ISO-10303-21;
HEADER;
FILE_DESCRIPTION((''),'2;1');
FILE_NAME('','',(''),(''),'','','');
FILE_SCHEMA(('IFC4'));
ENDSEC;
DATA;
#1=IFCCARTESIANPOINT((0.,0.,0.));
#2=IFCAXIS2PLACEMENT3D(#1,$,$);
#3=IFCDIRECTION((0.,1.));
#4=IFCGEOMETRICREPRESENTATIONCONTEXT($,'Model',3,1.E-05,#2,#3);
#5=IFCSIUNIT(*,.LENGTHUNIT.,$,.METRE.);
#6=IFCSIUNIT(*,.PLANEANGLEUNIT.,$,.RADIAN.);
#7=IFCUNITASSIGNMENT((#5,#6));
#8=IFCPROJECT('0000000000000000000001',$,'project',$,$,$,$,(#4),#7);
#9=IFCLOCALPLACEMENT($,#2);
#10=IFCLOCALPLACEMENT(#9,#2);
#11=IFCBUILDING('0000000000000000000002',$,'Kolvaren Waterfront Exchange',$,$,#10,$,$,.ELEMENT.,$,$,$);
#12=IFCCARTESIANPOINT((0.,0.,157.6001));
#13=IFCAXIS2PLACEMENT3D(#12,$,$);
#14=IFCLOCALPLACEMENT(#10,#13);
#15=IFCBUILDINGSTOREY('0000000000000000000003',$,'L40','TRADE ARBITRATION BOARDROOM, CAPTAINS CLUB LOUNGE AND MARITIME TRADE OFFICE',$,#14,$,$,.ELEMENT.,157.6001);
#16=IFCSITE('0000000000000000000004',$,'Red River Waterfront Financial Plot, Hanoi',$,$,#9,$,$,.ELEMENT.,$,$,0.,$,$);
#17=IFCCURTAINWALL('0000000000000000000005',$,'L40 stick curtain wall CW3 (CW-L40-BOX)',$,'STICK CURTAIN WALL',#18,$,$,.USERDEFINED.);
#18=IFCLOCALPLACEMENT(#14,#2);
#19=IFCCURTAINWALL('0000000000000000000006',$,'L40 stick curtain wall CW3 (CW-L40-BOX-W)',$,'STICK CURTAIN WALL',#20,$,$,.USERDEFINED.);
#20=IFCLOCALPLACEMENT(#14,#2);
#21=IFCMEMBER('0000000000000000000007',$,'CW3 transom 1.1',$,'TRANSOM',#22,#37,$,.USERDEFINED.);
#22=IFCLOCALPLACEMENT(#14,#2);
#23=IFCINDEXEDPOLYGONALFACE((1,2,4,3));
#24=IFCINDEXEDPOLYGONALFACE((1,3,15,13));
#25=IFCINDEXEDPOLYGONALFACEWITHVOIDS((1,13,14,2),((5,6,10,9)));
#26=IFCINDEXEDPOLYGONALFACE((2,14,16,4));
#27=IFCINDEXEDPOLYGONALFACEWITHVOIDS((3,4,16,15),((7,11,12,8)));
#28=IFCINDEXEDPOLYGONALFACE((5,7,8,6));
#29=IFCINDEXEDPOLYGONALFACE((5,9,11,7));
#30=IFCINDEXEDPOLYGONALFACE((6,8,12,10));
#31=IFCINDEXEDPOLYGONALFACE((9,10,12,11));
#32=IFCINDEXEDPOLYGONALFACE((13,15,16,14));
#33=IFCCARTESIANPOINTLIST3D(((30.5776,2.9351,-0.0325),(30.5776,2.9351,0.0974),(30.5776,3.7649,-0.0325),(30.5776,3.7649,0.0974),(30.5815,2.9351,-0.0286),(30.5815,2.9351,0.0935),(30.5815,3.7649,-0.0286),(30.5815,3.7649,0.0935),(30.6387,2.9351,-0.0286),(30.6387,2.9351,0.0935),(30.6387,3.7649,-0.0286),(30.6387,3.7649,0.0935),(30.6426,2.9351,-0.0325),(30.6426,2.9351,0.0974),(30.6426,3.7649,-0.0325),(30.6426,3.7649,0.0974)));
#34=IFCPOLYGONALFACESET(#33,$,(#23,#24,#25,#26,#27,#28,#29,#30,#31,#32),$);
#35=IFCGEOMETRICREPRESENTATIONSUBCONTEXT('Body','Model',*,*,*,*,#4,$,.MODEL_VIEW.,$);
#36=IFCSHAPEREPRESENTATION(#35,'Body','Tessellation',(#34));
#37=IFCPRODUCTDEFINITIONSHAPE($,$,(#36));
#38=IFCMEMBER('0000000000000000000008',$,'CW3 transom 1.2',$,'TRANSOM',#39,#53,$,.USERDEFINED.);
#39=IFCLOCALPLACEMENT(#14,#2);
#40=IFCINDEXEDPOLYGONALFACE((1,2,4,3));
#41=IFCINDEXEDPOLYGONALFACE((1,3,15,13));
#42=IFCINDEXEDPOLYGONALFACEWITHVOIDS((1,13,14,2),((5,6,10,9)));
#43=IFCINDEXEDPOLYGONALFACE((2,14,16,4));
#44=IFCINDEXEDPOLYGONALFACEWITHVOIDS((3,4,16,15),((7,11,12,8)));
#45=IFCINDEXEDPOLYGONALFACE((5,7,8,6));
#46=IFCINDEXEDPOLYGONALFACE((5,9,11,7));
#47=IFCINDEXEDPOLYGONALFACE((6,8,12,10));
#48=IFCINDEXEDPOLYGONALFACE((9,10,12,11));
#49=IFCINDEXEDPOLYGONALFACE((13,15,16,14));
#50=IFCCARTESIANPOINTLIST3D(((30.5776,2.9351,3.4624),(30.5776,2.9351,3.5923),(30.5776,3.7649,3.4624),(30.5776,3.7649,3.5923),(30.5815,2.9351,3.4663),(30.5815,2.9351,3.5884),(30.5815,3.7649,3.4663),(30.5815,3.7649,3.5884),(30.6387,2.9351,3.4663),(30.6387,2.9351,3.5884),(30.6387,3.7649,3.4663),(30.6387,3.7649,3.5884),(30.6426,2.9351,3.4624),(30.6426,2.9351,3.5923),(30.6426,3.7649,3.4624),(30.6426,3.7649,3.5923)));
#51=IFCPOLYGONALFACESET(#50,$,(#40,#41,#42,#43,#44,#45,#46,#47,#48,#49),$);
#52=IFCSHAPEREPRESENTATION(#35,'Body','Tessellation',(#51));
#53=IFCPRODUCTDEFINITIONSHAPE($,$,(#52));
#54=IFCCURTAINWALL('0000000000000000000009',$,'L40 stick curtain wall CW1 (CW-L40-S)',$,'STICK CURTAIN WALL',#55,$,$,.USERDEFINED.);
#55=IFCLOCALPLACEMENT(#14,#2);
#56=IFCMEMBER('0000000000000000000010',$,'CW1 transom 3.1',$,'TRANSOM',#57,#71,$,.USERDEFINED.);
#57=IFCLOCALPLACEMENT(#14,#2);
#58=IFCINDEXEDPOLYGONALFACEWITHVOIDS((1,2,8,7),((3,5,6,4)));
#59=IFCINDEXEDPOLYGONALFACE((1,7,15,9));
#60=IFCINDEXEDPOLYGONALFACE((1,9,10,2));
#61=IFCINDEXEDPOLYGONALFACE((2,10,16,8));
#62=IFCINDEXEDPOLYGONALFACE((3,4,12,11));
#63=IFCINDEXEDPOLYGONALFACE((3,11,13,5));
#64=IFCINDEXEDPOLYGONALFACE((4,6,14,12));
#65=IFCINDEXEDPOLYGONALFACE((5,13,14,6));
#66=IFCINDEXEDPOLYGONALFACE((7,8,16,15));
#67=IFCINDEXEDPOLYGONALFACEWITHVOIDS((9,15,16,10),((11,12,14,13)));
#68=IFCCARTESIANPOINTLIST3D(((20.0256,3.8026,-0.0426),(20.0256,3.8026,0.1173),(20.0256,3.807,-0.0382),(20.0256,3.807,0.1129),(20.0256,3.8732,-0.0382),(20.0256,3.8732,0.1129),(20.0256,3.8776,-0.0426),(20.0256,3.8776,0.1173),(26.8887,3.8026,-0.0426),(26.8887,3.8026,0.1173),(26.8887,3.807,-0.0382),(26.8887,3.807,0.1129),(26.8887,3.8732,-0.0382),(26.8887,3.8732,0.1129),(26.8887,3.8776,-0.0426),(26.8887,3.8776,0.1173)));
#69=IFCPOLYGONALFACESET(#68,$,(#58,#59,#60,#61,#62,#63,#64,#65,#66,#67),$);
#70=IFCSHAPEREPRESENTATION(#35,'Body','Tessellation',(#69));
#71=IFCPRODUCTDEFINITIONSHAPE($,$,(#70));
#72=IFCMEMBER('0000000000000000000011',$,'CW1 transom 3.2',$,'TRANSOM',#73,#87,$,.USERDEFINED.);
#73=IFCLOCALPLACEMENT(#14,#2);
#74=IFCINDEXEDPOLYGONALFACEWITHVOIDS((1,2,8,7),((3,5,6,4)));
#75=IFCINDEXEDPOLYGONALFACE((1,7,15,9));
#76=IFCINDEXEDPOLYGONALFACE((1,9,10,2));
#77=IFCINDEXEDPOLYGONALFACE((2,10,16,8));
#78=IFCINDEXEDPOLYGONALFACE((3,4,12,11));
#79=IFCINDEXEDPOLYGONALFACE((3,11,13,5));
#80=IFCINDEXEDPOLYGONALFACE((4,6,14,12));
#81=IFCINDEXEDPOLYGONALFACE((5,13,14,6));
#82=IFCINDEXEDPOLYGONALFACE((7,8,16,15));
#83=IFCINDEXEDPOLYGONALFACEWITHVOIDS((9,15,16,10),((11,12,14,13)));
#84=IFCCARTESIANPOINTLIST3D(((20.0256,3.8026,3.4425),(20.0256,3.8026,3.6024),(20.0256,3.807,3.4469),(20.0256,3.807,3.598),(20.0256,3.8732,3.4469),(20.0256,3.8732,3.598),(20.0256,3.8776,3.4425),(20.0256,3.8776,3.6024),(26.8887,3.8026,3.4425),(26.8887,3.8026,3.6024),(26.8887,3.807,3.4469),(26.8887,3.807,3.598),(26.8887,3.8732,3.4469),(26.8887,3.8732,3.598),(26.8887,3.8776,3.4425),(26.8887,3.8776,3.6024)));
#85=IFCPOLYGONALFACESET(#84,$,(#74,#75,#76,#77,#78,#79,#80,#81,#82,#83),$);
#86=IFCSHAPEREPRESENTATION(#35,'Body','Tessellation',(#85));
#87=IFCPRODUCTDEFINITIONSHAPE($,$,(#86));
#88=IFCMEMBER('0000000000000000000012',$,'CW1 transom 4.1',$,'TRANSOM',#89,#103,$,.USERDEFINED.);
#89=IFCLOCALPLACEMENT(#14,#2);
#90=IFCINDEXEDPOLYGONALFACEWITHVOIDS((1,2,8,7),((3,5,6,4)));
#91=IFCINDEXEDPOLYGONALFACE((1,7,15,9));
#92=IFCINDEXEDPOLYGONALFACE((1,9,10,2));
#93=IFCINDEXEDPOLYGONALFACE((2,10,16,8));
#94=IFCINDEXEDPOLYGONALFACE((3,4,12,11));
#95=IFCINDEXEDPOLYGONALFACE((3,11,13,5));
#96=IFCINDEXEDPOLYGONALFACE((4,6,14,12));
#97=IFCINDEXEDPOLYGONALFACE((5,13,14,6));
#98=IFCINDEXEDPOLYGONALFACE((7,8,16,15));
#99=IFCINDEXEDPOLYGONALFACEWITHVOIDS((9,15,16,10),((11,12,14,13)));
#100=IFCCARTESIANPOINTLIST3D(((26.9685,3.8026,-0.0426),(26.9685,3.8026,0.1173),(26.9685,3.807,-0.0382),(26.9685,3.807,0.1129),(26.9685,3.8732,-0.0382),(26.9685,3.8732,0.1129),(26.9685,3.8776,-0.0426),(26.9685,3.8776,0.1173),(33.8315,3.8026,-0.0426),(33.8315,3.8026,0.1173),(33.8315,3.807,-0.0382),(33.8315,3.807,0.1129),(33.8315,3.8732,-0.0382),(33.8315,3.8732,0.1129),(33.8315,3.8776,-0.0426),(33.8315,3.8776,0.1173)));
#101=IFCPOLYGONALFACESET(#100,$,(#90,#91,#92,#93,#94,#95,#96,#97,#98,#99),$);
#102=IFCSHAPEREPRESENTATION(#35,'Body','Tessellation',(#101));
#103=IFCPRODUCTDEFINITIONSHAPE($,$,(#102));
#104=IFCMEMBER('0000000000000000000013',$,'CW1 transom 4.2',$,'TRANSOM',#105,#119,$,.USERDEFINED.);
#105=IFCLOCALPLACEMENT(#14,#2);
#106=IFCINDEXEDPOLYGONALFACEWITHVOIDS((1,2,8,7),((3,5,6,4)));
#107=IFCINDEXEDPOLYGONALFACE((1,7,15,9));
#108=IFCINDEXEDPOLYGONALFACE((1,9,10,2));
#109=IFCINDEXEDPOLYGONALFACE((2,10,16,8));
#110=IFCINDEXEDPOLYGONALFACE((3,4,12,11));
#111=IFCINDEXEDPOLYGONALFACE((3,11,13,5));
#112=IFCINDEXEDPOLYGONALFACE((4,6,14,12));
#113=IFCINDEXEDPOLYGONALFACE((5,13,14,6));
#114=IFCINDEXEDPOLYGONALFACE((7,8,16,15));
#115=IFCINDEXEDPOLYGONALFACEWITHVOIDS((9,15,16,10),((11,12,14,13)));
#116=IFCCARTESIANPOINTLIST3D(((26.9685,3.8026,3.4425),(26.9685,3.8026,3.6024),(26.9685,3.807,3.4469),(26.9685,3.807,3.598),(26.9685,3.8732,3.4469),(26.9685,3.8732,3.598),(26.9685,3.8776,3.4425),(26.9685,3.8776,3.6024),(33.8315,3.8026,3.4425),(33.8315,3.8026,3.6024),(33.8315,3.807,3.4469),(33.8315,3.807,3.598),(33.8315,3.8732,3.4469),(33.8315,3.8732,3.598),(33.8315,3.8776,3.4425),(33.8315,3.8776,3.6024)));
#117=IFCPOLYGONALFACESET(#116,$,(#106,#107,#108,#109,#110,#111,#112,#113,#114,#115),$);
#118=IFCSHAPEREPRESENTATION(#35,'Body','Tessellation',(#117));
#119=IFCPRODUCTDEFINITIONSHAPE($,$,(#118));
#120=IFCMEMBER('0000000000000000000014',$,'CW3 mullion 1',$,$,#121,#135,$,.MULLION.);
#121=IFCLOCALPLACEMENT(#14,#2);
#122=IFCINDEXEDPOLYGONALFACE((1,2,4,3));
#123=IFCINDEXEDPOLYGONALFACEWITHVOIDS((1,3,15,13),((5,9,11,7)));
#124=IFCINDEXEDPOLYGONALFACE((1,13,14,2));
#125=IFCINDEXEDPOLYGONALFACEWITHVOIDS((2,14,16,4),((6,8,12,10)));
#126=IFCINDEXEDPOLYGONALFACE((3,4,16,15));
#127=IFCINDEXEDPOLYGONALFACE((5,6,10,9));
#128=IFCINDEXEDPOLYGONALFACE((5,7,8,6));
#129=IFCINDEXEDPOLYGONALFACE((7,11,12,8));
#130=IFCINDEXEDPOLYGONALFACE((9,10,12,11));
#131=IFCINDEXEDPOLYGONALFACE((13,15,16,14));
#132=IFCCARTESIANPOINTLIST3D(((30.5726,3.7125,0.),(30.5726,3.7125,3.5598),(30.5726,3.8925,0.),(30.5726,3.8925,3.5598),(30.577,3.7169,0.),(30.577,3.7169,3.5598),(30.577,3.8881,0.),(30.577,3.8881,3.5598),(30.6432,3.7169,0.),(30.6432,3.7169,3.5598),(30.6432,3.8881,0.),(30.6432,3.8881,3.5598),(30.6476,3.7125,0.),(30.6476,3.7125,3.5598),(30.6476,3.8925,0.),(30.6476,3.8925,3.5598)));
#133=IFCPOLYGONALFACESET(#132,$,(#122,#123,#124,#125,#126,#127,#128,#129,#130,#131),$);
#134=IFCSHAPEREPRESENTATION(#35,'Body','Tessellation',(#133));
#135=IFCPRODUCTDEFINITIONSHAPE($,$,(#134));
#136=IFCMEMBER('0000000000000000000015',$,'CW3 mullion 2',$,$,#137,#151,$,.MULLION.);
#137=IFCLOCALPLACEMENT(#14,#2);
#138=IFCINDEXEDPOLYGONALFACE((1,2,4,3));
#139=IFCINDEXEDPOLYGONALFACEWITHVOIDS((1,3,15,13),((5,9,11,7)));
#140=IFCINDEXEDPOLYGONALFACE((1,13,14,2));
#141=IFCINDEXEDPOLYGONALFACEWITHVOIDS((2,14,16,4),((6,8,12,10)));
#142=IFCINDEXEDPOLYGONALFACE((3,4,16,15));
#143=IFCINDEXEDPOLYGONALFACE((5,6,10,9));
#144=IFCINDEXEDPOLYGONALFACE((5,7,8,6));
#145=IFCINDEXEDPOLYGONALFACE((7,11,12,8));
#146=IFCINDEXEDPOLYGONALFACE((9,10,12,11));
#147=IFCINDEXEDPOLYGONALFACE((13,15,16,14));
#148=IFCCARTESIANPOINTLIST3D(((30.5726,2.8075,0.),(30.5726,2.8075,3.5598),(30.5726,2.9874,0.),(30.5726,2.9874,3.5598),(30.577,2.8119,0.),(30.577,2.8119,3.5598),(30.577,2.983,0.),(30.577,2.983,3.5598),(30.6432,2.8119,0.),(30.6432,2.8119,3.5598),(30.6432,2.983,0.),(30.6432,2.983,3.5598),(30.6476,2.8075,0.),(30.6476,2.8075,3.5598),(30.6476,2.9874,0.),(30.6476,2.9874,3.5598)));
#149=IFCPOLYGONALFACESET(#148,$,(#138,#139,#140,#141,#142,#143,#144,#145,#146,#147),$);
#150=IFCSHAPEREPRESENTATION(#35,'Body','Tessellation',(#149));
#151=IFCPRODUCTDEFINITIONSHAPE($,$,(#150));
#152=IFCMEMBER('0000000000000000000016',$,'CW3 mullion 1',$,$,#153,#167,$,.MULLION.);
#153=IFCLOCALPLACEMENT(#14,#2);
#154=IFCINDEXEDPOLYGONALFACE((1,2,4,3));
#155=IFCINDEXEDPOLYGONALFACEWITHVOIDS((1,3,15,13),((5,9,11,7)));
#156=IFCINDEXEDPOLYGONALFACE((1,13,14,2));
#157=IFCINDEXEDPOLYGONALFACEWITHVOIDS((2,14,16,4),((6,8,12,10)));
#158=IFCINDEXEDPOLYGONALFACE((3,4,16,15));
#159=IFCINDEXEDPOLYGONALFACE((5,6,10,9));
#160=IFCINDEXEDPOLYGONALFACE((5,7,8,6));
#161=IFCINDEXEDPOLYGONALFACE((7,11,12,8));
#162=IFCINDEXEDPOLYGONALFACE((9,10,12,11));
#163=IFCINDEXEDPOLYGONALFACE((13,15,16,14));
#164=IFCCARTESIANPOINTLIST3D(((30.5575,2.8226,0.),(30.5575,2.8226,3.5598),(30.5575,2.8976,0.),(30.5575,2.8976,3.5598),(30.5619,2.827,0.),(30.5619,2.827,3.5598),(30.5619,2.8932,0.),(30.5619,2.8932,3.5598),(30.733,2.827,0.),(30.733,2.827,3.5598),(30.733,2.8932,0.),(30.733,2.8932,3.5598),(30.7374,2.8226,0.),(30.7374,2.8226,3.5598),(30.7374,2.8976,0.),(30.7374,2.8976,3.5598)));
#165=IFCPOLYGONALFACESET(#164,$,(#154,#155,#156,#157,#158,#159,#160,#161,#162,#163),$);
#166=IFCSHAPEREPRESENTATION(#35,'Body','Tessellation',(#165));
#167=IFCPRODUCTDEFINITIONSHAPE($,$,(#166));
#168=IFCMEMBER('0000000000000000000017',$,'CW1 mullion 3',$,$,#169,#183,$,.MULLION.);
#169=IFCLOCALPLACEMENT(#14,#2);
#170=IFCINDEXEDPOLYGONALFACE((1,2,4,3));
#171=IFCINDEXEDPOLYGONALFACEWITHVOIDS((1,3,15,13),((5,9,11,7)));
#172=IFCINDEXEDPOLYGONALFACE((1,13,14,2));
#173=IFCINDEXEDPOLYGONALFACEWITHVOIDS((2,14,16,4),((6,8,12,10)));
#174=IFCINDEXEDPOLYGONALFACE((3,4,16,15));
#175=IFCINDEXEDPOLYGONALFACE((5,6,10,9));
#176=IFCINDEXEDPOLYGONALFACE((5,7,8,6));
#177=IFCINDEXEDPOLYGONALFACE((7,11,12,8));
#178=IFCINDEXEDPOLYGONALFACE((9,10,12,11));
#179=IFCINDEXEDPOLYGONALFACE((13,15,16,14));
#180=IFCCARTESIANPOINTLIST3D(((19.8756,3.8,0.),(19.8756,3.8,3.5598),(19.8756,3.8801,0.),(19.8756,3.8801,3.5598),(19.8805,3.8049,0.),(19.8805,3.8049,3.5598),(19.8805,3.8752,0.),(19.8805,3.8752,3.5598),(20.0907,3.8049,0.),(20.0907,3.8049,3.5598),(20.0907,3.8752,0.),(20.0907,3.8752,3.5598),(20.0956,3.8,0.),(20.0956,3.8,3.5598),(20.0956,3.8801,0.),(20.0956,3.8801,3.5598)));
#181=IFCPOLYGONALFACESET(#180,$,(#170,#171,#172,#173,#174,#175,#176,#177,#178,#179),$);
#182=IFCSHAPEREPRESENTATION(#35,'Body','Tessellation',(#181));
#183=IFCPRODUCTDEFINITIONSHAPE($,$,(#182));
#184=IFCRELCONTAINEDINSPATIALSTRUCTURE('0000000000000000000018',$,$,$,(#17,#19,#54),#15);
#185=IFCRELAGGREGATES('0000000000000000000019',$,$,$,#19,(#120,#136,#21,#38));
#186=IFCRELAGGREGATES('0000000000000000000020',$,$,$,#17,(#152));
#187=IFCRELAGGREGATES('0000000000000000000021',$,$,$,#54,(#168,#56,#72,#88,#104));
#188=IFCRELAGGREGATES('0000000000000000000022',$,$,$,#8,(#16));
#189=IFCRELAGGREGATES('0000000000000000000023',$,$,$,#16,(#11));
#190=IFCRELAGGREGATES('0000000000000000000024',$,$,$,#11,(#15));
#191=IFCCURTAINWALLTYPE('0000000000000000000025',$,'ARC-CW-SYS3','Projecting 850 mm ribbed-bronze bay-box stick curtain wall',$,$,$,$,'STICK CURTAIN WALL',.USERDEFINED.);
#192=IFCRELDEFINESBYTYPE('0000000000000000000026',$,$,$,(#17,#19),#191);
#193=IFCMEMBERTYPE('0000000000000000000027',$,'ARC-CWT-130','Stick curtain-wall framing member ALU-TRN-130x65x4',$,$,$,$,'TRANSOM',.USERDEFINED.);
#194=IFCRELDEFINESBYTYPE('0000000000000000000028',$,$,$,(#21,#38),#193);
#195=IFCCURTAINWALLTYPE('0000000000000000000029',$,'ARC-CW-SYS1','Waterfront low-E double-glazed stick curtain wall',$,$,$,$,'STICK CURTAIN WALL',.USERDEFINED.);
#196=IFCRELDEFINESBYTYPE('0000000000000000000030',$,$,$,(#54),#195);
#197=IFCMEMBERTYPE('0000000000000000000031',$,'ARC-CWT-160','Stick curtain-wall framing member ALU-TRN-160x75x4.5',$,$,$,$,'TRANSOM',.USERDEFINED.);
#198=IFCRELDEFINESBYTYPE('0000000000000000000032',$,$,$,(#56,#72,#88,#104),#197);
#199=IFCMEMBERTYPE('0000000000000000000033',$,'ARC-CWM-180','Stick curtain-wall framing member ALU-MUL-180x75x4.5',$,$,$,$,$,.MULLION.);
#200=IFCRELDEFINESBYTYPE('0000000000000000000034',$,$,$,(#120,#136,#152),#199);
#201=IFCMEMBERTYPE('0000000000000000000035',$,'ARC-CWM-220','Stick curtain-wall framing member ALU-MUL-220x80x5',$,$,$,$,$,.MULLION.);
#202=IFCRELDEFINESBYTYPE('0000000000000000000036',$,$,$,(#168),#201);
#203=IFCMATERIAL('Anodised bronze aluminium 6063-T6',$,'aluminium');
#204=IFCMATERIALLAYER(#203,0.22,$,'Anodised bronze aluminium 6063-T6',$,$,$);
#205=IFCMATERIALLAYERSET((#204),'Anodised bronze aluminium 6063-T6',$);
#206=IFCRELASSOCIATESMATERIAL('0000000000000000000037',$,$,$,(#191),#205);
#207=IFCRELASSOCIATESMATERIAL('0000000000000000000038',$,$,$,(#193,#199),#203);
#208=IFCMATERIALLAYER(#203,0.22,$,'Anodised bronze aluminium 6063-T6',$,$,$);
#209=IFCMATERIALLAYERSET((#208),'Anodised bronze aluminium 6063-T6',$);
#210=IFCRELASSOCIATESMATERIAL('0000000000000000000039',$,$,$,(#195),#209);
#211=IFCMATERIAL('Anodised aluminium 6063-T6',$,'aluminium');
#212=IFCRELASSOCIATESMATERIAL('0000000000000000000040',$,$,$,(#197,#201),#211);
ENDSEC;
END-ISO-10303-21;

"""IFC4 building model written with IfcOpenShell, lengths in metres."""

from ifc_helpers import new_model, si_unit, direction, frame, origin, origin_with_axes, origin_2d, place, context, subcontext, project, spatial, hollow_rectangle, extrude, source, transform, mapped, material, layer, layer_set, material_profile, profile_set, type_object, element, aggregate, save


model = new_model("IFC4")

# Units and contexts
model_context = context("Model", 3, precision=1e-05, world=origin(), true_north=direction((0.0, 1.0)))
body_context = subcontext(model_context, "Body", "Model", "MODEL_VIEW")
ifc_project = project(units=[si_unit("LENGTHUNIT", "METRE"), si_unit("PLANEANGLEUNIT", "RADIAN")], contexts=[model_context])

# Site, building, storey
site_placement = place(None, origin())
site = spatial("IfcSite", under=ifc_project, at=site_placement, Name="Red River Waterfront Financial Plot, Hanoi", CompositionType="ELEMENT", RefElevation=0.0)
building_placement = place(site_placement, origin())
building = spatial("IfcBuilding", under=site, at=building_placement, Name="Kolvaren Waterfront Exchange", CompositionType="ELEMENT")
storey_placement = place(building_placement, frame((0.0, 0.0, 157.6001)))
storey = spatial("IfcBuildingStorey", under=building, at=storey_placement, Name="L40", Description="TRADE ARBITRATION BOARDROOM, CAPTAINS CLUB LOUNGE AND MARITIME TRADE OFFICE", CompositionType="ELEMENT", Elevation=157.6001)

# Curtain walls, members
ifc_material_1 = material(Name="Anodised bronze aluminium 6063-T6", Category="aluminium")
ifc_layer_1 = layer(ifc_material_1, 0.22, Name="Anodised bronze aluminium 6063-T6")
ifc_layer_set_1 = layer_set([ifc_layer_1], Name="Anodised bronze aluminium 6063-T6")
curtain_wall_type_1 = type_object("IfcCurtainWallType", Name="ARC-CW-SYS3", Description="Projecting 850 mm ribbed-bronze bay-box stick curtain wall", ElementType="STICK CURTAIN WALL", PredefinedType="USERDEFINED", material=ifc_layer_set_1)
curtain_wall_1_placement = place(storey_placement, origin())
curtain_wall_1 = element("IfcCurtainWall", 1, at=curtain_wall_1_placement, inside=storey, type_object=curtain_wall_type_1, Name="L40 stick curtain wall CW3 (CW-L40-BOX)", ObjectType="STICK CURTAIN WALL", PredefinedType="USERDEFINED")
ifc_material_profile_1 = material_profile(ifc_material_1, hollow_rectangle(XDim=0.0649, YDim=0.1299, WallThickness=0.0039, at=origin_2d()), Name="ALU-TRN-130x65x4")
ifc_profile_set_1 = profile_set([ifc_material_profile_1], Name="Anodised bronze aluminium 6063-T6")
member_type_1 = type_object("IfcMemberType", Name="ARC-CWT-130", Description="Stick curtain-wall framing member ALU-TRN-130x65x4", ElementType="TRANSOM", PredefinedType="USERDEFINED", material=ifc_profile_set_1)
curtain_wall_2_placement = place(storey_placement, origin())
curtain_wall_2 = element("IfcCurtainWall", 2, at=curtain_wall_2_placement, inside=storey, type_object=curtain_wall_type_1, Name="L40 stick curtain wall CW3 (CW-L40-BOX-W)", ObjectType="STICK CURTAIN WALL", PredefinedType="USERDEFINED")
shared_shape_1 = source(origin_with_axes(), body_context, "Body", "SweptSolid", [
    extrude(hollow_rectangle(XDim=0.0649, YDim=0.1299, WallThickness=0.0039, at=origin_2d()), origin(), (0.0, 0.0, 1.0), 0.8298),
])
member_1_placement = place(storey_placement, frame((30.6101, 3.7649, 0.0325), z_axis=(0.0, -1.0, 0.0), x_axis=(1.0, 0.0, 0.0)))
member_1 = element("IfcMember", 3, at=member_1_placement, type_object=member_type_1, Name="CW3 transom 1.1", ObjectType="TRANSOM", PredefinedType="USERDEFINED", context=body_context, shape_type="MappedRepresentation", body=[
    mapped(shared_shape_1, transform((0.0, 0.0, 0.0), x_axis=(1.0, 0.0, 0.0), y_axis=(0.0, 1.0, 0.0), z_axis=(0.0, 0.0, 1.0), scale=1.0)),
])
member_2_placement = place(storey_placement, frame((30.6101, 3.7649, 3.5273), z_axis=(0.0, -1.0, 0.0), x_axis=(1.0, 0.0, 0.0)))
member_2 = element("IfcMember", 4, at=member_2_placement, type_object=member_type_1, Name="CW3 transom 1.2", ObjectType="TRANSOM", PredefinedType="USERDEFINED", context=body_context, shape_type="MappedRepresentation", body=[
    mapped(shared_shape_1, transform((0.0, 0.0, 0.0), x_axis=(1.0, 0.0, 0.0), y_axis=(0.0, 1.0, 0.0), z_axis=(0.0, 0.0, 1.0), scale=1.0)),
])
ifc_layer_2 = layer(ifc_material_1, 0.22, Name="Anodised bronze aluminium 6063-T6")
ifc_layer_set_2 = layer_set([ifc_layer_2], Name="Anodised bronze aluminium 6063-T6")
curtain_wall_type_2 = type_object("IfcCurtainWallType", Name="ARC-CW-SYS1", Description="Waterfront low-E double-glazed stick curtain wall", ElementType="STICK CURTAIN WALL", PredefinedType="USERDEFINED", material=ifc_layer_set_2)
curtain_wall_3_placement = place(storey_placement, origin())
curtain_wall_3 = element("IfcCurtainWall", 5, at=curtain_wall_3_placement, inside=storey, type_object=curtain_wall_type_2, Name="L40 stick curtain wall CW1 (CW-L40-S)", ObjectType="STICK CURTAIN WALL", PredefinedType="USERDEFINED")
ifc_material_2 = material(Name="Anodised aluminium 6063-T6", Category="aluminium")
ifc_material_profile_2 = material_profile(ifc_material_2, hollow_rectangle(XDim=0.075, YDim=0.1599, WallThickness=0.0044, at=origin_2d()), Name="ALU-TRN-160x75x4.5")
ifc_profile_set_2 = profile_set([ifc_material_profile_2], Name="Anodised aluminium 6063-T6")
member_type_2 = type_object("IfcMemberType", Name="ARC-CWT-160", Description="Stick curtain-wall framing member ALU-TRN-160x75x4.5", ElementType="TRANSOM", PredefinedType="USERDEFINED", material=ifc_profile_set_2)
shared_shape_2 = source(origin_with_axes(), body_context, "Body", "SweptSolid", [
    extrude(hollow_rectangle(XDim=0.075, YDim=0.1599, WallThickness=0.0044, at=origin_2d()), origin(), (0.0, 0.0, 1.0), 6.863),
])
member_3_placement = place(storey_placement, frame((20.0256, 3.8401, 0.0374), z_axis=(1.0, 0.0, 0.0), x_axis=(0.0, 1.0, 0.0)))
member_3 = element("IfcMember", 6, at=member_3_placement, type_object=member_type_2, Name="CW1 transom 3.1", ObjectType="TRANSOM", PredefinedType="USERDEFINED", context=body_context, shape_type="MappedRepresentation", body=[
    mapped(shared_shape_2, transform((0.0, 0.0, 0.0), x_axis=(1.0, 0.0, 0.0), y_axis=(0.0, 1.0, 0.0), z_axis=(0.0, 0.0, 1.0), scale=1.0)),
])
member_4_placement = place(storey_placement, frame((20.0256, 3.8401, 3.5225), z_axis=(1.0, 0.0, 0.0), x_axis=(0.0, 1.0, 0.0)))
member_4 = element("IfcMember", 7, at=member_4_placement, type_object=member_type_2, Name="CW1 transom 3.2", ObjectType="TRANSOM", PredefinedType="USERDEFINED", context=body_context, shape_type="MappedRepresentation", body=[
    mapped(shared_shape_2, transform((0.0, 0.0, 0.0), x_axis=(1.0, 0.0, 0.0), y_axis=(0.0, 1.0, 0.0), z_axis=(0.0, 0.0, 1.0), scale=1.0)),
])
member_5_placement = place(storey_placement, frame((26.9685, 3.8401, 0.0374), z_axis=(1.0, 0.0, 0.0), x_axis=(0.0, 1.0, 0.0)))
member_5 = element("IfcMember", 8, at=member_5_placement, type_object=member_type_2, Name="CW1 transom 4.1", ObjectType="TRANSOM", PredefinedType="USERDEFINED", context=body_context, shape_type="MappedRepresentation", body=[
    mapped(shared_shape_2, transform((0.0, 0.0, 0.0), x_axis=(1.0, 0.0, 0.0), y_axis=(0.0, 1.0, 0.0), z_axis=(0.0, 0.0, 1.0), scale=1.0)),
])
member_6_placement = place(storey_placement, frame((26.9685, 3.8401, 3.5225), z_axis=(1.0, 0.0, 0.0), x_axis=(0.0, 1.0, 0.0)))
member_6 = element("IfcMember", 9, at=member_6_placement, type_object=member_type_2, Name="CW1 transom 4.2", ObjectType="TRANSOM", PredefinedType="USERDEFINED", context=body_context, shape_type="MappedRepresentation", body=[
    mapped(shared_shape_2, transform((0.0, 0.0, 0.0), x_axis=(1.0, 0.0, 0.0), y_axis=(0.0, 1.0, 0.0), z_axis=(0.0, 0.0, 1.0), scale=1.0)),
])

# Members
ifc_material_profile_3 = material_profile(ifc_material_1, hollow_rectangle(XDim=0.075, YDim=0.1799, WallThickness=0.0044, at=origin_2d()), Name="ALU-MUL-180x75x4.5")
ifc_profile_set_3 = profile_set([ifc_material_profile_3], Name="Anodised bronze aluminium 6063-T6")
member_type_3 = type_object("IfcMemberType", Name="ARC-CWM-180", Description="Stick curtain-wall framing member ALU-MUL-180x75x4.5", PredefinedType="MULLION", material=ifc_profile_set_3)
shared_shape_3 = source(origin_with_axes(), body_context, "Body", "SweptSolid", [
    extrude(hollow_rectangle(XDim=0.075, YDim=0.1799, WallThickness=0.0044, at=origin_2d()), origin(), (0.0, 0.0, 1.0), 3.5598),
])
member_7_placement = place(storey_placement, frame((30.6101, 3.8025, 0.0), z_axis=(0.0, 0.0, 1.0), x_axis=(1.0, 0.0, 0.0)))
member_7 = element("IfcMember", 10, at=member_7_placement, type_object=member_type_3, Name="CW3 mullion 1", PredefinedType="MULLION", context=body_context, shape_type="MappedRepresentation", body=[
    mapped(shared_shape_3, transform((0.0, 0.0, 0.0), x_axis=(1.0, 0.0, 0.0), y_axis=(0.0, 1.0, 0.0), z_axis=(0.0, 0.0, 1.0), scale=1.0)),
])
member_8_placement = place(storey_placement, frame((30.6101, 2.8975, 0.0), z_axis=(0.0, 0.0, 1.0), x_axis=(1.0, 0.0, 0.0)))
member_8 = element("IfcMember", 11, at=member_8_placement, type_object=member_type_3, Name="CW3 mullion 2", PredefinedType="MULLION", context=body_context, shape_type="MappedRepresentation", body=[
    mapped(shared_shape_3, transform((0.0, 0.0, 0.0), x_axis=(1.0, 0.0, 0.0), y_axis=(0.0, 1.0, 0.0), z_axis=(0.0, 0.0, 1.0), scale=1.0)),
])
member_9_placement = place(storey_placement, frame((30.6475, 2.8601, 0.0), z_axis=(0.0, 0.0, 1.0), x_axis=(0.0, 1.0, 0.0)))
member_9 = element("IfcMember", 12, at=member_9_placement, type_object=member_type_3, Name="CW3 mullion 1", PredefinedType="MULLION", context=body_context, shape_type="MappedRepresentation", body=[
    mapped(shared_shape_3, transform((0.0, 0.0, 0.0), x_axis=(1.0, 0.0, 0.0), y_axis=(0.0, 1.0, 0.0), z_axis=(0.0, 0.0, 1.0), scale=1.0)),
])
ifc_material_profile_4 = material_profile(ifc_material_2, hollow_rectangle(XDim=0.0801, YDim=0.22, WallThickness=0.0049, at=origin_2d()), Name="ALU-MUL-220x80x5")
ifc_profile_set_4 = profile_set([ifc_material_profile_4], Name="Anodised aluminium 6063-T6")
member_type_4 = type_object("IfcMemberType", Name="ARC-CWM-220", Description="Stick curtain-wall framing member ALU-MUL-220x80x5", PredefinedType="MULLION", material=ifc_profile_set_4)
shared_shape_4 = source(origin_with_axes(), body_context, "Body", "SweptSolid", [
    extrude(hollow_rectangle(XDim=0.0801, YDim=0.22, WallThickness=0.0049, at=origin_2d()), origin(), (0.0, 0.0, 1.0), 3.5598),
])
member_10_placement = place(storey_placement, frame((19.9856, 3.8401, 0.0), z_axis=(0.0, 0.0, 1.0), x_axis=(0.0, 1.0, 0.0)))
member_10 = element("IfcMember", 13, at=member_10_placement, type_object=member_type_4, Name="CW1 mullion 3", PredefinedType="MULLION", context=body_context, shape_type="MappedRepresentation", body=[
    mapped(shared_shape_4, transform((0.0, 0.0, 0.0), x_axis=(1.0, 0.0, 0.0), y_axis=(0.0, 1.0, 0.0), z_axis=(0.0, 0.0, 1.0), scale=1.0)),
])

aggregate(curtain_wall_2, [member_7, member_8, member_1, member_2])
aggregate(curtain_wall_1, [member_9])
aggregate(curtain_wall_3, [member_10, member_3, member_4, member_5, member_6])

save(model, "model.ifc")
